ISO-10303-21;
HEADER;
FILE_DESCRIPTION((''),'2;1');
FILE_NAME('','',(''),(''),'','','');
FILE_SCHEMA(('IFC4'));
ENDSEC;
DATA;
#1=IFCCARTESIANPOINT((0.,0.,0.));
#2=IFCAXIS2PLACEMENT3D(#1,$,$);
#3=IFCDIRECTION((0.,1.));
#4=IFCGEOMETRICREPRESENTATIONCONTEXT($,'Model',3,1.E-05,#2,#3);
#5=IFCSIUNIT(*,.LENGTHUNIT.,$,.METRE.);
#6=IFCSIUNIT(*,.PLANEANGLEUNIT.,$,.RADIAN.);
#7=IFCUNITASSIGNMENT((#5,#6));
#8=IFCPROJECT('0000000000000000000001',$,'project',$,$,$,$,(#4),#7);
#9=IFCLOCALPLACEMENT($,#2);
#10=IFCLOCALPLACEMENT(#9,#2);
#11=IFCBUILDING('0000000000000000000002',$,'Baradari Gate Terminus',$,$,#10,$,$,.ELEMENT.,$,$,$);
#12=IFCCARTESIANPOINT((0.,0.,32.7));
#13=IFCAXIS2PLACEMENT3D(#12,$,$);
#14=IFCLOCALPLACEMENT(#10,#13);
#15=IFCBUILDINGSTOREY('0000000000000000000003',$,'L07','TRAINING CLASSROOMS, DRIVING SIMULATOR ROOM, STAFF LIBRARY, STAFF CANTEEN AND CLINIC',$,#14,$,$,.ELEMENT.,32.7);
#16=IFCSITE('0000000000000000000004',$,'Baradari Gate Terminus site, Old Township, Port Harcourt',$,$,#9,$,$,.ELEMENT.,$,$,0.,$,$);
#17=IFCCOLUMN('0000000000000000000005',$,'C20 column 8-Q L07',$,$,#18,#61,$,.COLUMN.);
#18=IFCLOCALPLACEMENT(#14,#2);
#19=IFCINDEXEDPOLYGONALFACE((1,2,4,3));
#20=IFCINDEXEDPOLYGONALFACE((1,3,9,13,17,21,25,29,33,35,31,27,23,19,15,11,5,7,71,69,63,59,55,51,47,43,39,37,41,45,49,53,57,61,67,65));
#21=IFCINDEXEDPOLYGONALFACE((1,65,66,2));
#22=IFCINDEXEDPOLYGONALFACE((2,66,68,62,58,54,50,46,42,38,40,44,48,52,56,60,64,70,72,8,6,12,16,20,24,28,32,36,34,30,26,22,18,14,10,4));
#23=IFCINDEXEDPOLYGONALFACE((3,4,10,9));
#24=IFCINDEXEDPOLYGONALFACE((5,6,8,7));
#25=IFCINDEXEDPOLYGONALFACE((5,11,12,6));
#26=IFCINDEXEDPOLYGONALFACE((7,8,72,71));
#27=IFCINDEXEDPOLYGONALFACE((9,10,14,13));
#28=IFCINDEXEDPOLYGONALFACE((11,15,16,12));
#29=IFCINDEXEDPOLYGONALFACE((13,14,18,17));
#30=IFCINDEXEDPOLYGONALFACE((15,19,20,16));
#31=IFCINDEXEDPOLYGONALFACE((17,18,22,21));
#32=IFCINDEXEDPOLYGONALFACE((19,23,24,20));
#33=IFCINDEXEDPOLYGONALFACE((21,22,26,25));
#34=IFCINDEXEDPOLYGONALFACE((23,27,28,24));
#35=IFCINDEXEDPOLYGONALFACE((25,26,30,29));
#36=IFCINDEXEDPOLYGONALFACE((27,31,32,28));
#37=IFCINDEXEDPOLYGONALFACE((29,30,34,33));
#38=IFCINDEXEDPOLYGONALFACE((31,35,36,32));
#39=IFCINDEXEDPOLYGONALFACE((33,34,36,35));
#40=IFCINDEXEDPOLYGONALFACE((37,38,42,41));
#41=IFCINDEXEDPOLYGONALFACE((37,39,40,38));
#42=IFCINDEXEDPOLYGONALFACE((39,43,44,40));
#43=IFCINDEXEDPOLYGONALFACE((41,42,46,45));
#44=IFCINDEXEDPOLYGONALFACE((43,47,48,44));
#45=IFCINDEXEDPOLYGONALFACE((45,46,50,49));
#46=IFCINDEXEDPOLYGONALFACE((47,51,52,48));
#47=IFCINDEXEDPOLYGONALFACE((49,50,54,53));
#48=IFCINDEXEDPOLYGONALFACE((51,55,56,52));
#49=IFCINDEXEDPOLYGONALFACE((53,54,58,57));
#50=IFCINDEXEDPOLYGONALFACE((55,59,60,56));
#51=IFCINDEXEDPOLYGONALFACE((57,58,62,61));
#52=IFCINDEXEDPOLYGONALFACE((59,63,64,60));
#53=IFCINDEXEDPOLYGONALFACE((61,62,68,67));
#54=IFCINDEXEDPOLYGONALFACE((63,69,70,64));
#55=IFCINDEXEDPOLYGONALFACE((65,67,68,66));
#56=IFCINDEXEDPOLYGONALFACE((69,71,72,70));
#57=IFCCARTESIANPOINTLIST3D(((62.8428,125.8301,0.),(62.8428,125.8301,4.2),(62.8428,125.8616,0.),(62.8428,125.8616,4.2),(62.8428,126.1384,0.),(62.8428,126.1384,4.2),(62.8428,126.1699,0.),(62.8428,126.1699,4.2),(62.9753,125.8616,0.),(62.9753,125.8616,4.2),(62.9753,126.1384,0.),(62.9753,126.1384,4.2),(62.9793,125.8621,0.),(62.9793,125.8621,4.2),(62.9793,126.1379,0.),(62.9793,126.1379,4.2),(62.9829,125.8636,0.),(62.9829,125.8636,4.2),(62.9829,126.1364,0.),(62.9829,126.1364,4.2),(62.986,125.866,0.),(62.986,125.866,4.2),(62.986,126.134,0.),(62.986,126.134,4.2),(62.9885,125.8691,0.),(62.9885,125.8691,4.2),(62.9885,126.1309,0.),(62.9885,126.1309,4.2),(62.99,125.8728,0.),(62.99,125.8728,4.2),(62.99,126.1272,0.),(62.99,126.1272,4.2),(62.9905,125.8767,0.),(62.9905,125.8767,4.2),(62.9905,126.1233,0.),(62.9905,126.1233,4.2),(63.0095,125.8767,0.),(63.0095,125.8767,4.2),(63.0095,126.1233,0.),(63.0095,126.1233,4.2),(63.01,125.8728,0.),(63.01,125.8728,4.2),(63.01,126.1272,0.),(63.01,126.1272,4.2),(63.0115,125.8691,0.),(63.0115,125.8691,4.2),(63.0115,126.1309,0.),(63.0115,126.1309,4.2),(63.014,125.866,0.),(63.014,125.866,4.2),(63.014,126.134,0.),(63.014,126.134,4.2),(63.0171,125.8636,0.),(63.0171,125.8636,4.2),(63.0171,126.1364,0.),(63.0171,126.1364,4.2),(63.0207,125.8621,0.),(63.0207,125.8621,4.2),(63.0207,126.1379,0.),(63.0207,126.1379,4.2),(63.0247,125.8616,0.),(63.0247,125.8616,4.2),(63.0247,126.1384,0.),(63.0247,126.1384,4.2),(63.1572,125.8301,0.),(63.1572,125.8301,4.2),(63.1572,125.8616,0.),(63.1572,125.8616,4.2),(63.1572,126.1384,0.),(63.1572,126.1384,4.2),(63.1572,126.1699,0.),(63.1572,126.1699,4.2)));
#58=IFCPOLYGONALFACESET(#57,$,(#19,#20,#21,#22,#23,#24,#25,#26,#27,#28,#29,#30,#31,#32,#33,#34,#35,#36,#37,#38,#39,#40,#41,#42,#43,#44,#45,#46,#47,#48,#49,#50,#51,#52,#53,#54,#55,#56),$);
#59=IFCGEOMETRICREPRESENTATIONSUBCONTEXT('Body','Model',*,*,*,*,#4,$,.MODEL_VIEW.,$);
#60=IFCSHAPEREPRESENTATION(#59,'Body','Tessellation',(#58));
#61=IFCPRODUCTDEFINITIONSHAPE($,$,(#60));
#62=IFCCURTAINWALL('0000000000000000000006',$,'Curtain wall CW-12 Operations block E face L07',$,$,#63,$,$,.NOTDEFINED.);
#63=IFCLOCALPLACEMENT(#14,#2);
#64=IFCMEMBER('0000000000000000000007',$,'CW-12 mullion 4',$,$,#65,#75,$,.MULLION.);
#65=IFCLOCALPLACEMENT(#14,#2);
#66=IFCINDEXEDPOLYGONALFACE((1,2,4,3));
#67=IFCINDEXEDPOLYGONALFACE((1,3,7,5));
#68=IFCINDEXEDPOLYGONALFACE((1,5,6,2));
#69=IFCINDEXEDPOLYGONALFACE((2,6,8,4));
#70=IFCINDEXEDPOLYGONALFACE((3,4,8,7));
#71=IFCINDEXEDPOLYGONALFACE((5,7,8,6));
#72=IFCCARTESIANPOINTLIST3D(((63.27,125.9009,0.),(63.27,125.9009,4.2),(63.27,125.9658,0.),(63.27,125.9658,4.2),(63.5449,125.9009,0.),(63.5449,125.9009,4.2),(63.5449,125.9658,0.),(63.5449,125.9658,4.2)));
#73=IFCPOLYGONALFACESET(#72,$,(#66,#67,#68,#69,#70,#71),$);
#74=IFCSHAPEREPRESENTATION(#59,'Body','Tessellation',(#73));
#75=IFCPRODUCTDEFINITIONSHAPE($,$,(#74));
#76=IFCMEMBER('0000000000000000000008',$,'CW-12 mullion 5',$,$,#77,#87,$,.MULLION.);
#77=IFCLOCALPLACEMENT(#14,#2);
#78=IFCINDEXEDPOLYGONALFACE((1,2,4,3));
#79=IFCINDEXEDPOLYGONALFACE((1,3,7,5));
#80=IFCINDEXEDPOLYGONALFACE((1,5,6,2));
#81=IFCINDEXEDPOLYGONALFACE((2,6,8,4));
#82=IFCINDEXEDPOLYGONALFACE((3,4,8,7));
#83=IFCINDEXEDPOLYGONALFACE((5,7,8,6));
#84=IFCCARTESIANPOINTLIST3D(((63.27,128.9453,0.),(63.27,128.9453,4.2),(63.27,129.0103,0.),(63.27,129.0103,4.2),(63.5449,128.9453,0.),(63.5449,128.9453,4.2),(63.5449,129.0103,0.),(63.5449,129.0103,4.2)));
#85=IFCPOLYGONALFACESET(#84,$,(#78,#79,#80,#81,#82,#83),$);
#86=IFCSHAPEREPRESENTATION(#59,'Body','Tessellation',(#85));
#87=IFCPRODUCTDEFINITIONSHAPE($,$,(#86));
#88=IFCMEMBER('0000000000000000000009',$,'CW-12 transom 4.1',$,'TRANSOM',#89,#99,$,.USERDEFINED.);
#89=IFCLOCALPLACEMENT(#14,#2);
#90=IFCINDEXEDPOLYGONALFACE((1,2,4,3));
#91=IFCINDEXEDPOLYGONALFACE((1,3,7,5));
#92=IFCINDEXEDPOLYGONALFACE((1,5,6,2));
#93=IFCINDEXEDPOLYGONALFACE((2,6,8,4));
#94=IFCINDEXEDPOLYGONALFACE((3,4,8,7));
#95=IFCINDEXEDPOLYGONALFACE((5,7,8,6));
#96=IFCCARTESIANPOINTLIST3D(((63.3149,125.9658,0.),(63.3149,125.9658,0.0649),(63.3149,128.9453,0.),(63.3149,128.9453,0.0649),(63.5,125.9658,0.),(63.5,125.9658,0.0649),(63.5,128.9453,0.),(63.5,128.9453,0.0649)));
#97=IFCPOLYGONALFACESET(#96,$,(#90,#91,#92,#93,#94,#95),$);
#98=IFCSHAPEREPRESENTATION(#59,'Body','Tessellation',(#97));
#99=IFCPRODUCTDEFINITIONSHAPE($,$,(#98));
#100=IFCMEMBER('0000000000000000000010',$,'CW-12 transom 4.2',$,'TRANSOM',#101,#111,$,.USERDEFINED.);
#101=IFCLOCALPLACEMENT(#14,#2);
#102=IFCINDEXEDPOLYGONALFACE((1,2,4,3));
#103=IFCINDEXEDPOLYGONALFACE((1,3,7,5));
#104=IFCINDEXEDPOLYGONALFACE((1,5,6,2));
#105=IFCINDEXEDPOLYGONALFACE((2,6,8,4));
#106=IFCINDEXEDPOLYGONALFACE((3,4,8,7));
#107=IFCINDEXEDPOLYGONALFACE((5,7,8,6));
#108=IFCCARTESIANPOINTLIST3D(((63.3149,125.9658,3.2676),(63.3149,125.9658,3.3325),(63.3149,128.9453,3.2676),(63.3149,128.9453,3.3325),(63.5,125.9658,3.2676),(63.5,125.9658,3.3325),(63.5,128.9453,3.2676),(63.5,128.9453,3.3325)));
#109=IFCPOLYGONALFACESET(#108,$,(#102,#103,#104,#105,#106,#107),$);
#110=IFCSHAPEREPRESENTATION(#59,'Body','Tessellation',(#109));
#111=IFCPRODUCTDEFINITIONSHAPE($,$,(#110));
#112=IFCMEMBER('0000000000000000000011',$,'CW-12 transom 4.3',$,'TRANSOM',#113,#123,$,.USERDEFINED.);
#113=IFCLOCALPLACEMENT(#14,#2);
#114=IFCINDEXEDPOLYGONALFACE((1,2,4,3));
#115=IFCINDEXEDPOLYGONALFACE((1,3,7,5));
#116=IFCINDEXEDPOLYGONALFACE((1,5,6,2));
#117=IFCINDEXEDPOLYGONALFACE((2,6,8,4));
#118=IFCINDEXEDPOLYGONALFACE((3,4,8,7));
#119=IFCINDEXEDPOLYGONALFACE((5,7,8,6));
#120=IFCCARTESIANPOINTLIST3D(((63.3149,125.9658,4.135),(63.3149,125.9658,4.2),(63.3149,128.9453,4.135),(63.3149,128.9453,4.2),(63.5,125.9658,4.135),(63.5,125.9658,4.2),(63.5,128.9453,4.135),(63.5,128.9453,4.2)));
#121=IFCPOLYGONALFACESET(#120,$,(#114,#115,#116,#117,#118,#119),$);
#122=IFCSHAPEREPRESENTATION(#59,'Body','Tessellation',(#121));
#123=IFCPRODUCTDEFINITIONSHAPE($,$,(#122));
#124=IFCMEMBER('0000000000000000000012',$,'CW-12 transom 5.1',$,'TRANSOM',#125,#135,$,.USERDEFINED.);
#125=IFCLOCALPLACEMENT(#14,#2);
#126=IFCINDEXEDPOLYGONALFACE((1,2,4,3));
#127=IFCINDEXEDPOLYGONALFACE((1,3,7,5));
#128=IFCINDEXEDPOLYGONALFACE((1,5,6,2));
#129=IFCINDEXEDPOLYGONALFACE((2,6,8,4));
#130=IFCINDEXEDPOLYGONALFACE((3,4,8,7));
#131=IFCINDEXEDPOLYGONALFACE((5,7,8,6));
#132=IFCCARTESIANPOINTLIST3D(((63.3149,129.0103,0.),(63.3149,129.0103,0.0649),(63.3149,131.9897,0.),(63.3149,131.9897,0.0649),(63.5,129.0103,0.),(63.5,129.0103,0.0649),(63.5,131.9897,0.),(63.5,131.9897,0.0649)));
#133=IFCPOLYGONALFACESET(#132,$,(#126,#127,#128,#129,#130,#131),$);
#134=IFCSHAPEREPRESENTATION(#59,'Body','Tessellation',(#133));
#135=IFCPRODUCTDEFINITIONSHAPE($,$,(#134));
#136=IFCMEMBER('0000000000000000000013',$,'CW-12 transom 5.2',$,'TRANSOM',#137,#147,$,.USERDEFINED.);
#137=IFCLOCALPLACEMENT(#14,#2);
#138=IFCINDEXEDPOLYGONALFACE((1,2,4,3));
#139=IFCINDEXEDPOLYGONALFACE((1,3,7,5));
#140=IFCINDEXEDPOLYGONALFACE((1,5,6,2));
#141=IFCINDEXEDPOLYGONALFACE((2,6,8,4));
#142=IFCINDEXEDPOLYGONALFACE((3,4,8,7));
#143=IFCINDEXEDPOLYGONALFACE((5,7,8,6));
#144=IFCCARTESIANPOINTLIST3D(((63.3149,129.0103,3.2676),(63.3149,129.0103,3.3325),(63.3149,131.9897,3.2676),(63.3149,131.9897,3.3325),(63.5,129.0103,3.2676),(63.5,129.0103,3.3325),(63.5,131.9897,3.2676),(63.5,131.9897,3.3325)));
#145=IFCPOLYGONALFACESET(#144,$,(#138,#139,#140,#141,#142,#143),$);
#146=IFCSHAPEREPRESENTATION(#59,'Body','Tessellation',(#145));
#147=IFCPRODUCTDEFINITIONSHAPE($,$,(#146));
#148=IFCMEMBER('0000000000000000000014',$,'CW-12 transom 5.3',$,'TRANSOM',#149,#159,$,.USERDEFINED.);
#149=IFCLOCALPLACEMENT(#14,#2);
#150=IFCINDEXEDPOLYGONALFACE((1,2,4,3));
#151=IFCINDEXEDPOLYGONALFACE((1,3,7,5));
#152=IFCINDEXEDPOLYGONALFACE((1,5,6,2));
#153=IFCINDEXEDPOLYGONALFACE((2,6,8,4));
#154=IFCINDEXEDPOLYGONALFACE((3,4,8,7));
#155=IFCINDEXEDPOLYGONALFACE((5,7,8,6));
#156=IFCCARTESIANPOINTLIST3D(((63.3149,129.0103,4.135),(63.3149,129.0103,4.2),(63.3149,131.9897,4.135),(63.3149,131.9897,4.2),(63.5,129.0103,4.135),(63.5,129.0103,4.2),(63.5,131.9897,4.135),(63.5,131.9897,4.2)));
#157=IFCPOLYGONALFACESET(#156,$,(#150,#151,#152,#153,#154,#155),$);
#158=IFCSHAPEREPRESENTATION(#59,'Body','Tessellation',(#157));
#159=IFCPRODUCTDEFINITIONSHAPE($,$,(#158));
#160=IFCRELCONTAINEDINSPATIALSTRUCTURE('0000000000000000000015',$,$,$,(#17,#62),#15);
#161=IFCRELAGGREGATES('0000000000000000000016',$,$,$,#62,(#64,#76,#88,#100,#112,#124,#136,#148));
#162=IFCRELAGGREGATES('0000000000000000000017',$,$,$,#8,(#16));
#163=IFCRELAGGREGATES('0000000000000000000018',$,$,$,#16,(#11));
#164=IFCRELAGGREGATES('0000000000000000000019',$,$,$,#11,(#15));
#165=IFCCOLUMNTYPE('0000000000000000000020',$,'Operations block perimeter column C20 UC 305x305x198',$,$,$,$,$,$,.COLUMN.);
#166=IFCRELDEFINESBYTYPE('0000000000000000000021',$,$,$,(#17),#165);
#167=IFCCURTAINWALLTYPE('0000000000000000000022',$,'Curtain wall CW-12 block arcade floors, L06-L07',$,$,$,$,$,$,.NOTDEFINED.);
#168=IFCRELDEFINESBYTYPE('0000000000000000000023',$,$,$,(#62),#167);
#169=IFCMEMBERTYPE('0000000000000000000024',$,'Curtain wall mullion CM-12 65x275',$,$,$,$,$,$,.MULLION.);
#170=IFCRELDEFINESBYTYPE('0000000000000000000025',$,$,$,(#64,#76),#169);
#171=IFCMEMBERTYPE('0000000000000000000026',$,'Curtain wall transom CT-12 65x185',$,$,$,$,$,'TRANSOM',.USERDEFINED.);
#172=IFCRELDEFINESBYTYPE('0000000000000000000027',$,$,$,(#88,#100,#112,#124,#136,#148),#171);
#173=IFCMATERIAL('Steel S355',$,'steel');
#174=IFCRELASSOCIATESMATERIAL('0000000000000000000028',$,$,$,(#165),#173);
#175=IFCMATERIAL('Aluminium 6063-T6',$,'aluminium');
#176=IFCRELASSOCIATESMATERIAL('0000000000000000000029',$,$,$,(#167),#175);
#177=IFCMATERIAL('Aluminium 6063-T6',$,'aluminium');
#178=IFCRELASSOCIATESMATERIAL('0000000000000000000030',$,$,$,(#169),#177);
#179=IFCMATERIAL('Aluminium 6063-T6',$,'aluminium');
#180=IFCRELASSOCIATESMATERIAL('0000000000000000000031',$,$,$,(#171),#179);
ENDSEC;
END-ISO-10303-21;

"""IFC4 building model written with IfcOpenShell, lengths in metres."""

from ifc_helpers import new_model, si_unit, direction, frame, origin, origin_2d, place, context, subcontext, project, spatial, rectangle, i_section, extrude, material, material_profile, profile_set, type_object, element, aggregate, save


model = new_model("IFC4")

# Units and contexts
model_context = context("Model", 3, precision=1e-05, world=origin(), true_north=direction((0.0, 1.0)))
body_context = subcontext(model_context, "Body", "Model", "MODEL_VIEW")
ifc_project = project(units=[si_unit("LENGTHUNIT", "METRE"), si_unit("PLANEANGLEUNIT", "RADIAN")], contexts=[model_context])

# Site, building, storey
site_placement = place(None, origin())
site = spatial("IfcSite", under=ifc_project, at=site_placement, Name="Baradari Gate Terminus site, Old Township, Port Harcourt", CompositionType="ELEMENT", RefElevation=0.0)
building_placement = place(site_placement, origin())
building = spatial("IfcBuilding", under=site, at=building_placement, Name="Baradari Gate Terminus", CompositionType="ELEMENT")
storey_placement = place(building_placement, frame((0.0, 0.0, 32.7)))
storey = spatial("IfcBuildingStorey", under=building, at=storey_placement, Name="L07", Description="TRAINING CLASSROOMS, DRIVING SIMULATOR ROOM, STAFF LIBRARY, STAFF CANTEEN AND CLINIC", CompositionType="ELEMENT", Elevation=32.7)

# Column
ifc_material_1 = material(Name="Steel S355", Category="steel")
ifc_material_profile_1 = material_profile(ifc_material_1, i_section(OverallWidth=0.3145, OverallDepth=0.3398, WebThickness=0.019, FlangeThickness=0.0315, FilletRadius=0.0151, at=origin_2d()), Name="UC 305x305x198")
ifc_profile_set_1 = profile_set([ifc_material_profile_1], Name="Steel S355")
column_type = type_object("IfcColumnType", Name="Operations block perimeter column C20 UC 305x305x198", PredefinedType="COLUMN", material=ifc_profile_set_1)
column_placement = place(storey_placement, frame((63.0, 126.0, 0.0), z_axis=(0.0, 0.0, 1.0), x_axis=(1.0, 0.0, 0.0)))
element("IfcColumn", 1, at=column_placement, inside=storey, type_object=column_type, Name="C20 column 8-Q L07", PredefinedType="COLUMN", context=body_context, shape_type="SweptSolid", body=[
    extrude(i_section(OverallWidth=0.3145, OverallDepth=0.3398, WebThickness=0.019, FlangeThickness=0.0315, FilletRadius=0.0151, at=origin_2d()), origin(), (0.0, 0.0, 1.0), 4.2),
])

# Curtain wall, members
ifc_material_2 = material(Name="Aluminium 6063-T6", Category="aluminium")
curtain_wall_type = type_object("IfcCurtainWallType", Name="Curtain wall CW-12 block arcade floors, L06-L07", PredefinedType="NOTDEFINED", material=ifc_material_2)
curtain_wall_placement = place(storey_placement, origin())
curtain_wall = element("IfcCurtainWall", 2, at=curtain_wall_placement, inside=storey, type_object=curtain_wall_type, Name="Curtain wall CW-12 Operations block E face L07", PredefinedType="NOTDEFINED")
ifc_material_3 = material(Name="Aluminium 6063-T6", Category="aluminium")
ifc_material_profile_2 = material_profile(ifc_material_3, rectangle(XDim=0.2749, YDim=0.0649, at=origin_2d()), Name="CM-12 65X275")
ifc_profile_set_2 = profile_set([ifc_material_profile_2], Name="Aluminium 6063-T6")
member_type_1 = type_object("IfcMemberType", Name="Curtain wall mullion CM-12 65x275", PredefinedType="MULLION", material=ifc_profile_set_2)
member_1_placement = place(storey_placement, frame((63.4075, 125.9333, 0.0), z_axis=(0.0, 0.0, 1.0), x_axis=(-1.0, 0.0, 0.0)))
member_1 = element("IfcMember", 3, at=member_1_placement, type_object=member_type_1, Name="CW-12 mullion 4", PredefinedType="MULLION", context=body_context, shape_type="SweptSolid", body=[
    extrude(rectangle(XDim=0.2749, YDim=0.0649, at=origin_2d()), origin(), (0.0, 0.0, 1.0), 4.2),
])
member_2_placement = place(storey_placement, frame((63.4075, 128.9778, 0.0), z_axis=(0.0, 0.0, 1.0), x_axis=(-1.0, 0.0, 0.0)))
member_2 = element("IfcMember", 4, at=member_2_placement, type_object=member_type_1, Name="CW-12 mullion 5", PredefinedType="MULLION", context=body_context, shape_type="SweptSolid", body=[
    extrude(rectangle(XDim=0.2749, YDim=0.0649, at=origin_2d()), origin(), (0.0, 0.0, 1.0), 4.2),
])
ifc_material_4 = material(Name="Aluminium 6063-T6", Category="aluminium")
ifc_material_profile_3 = material_profile(ifc_material_4, rectangle(XDim=0.1851, YDim=0.0649, at=origin_2d()), Name="CT-12 65X185")
ifc_profile_set_3 = profile_set([ifc_material_profile_3], Name="Aluminium 6063-T6")
member_type_2 = type_object("IfcMemberType", Name="Curtain wall transom CT-12 65x185", ElementType="TRANSOM", PredefinedType="USERDEFINED", material=ifc_profile_set_3)
member_3_placement = place(storey_placement, frame((63.4075, 125.9658, 0.0325), z_axis=(0.0, 1.0, 0.0), x_axis=(-1.0, 0.0, 0.0)))
member_3 = element("IfcMember", 5, at=member_3_placement, type_object=member_type_2, Name="CW-12 transom 4.1", ObjectType="TRANSOM", PredefinedType="USERDEFINED", context=body_context, shape_type="SweptSolid", body=[
    extrude(rectangle(XDim=0.1851, YDim=0.0649, at=origin_2d()), origin(), (0.0, 0.0, 1.0), 2.9795),
])
member_4_placement = place(storey_placement, frame((63.4075, 125.9658, 3.3), z_axis=(0.0, 1.0, 0.0), x_axis=(-1.0, 0.0, 0.0)))
member_4 = element("IfcMember", 6, at=member_4_placement, type_object=member_type_2, Name="CW-12 transom 4.2", ObjectType="TRANSOM", PredefinedType="USERDEFINED", context=body_context, shape_type="SweptSolid", body=[
    extrude(rectangle(XDim=0.1851, YDim=0.0649, at=origin_2d()), origin(), (0.0, 0.0, 1.0), 2.9795),
])
member_5_placement = place(storey_placement, frame((63.4075, 125.9658, 4.1675), z_axis=(0.0, 1.0, 0.0), x_axis=(-1.0, 0.0, 0.0)))
member_5 = element("IfcMember", 7, at=member_5_placement, type_object=member_type_2, Name="CW-12 transom 4.3", ObjectType="TRANSOM", PredefinedType="USERDEFINED", context=body_context, shape_type="SweptSolid", body=[
    extrude(rectangle(XDim=0.1851, YDim=0.0649, at=origin_2d()), origin(), (0.0, 0.0, 1.0), 2.9795),
])
member_6_placement = place(storey_placement, frame((63.4075, 129.0103, 0.0325), z_axis=(0.0, 1.0, 0.0), x_axis=(-1.0, 0.0, 0.0)))
member_6 = element("IfcMember", 8, at=member_6_placement, type_object=member_type_2, Name="CW-12 transom 5.1", ObjectType="TRANSOM", PredefinedType="USERDEFINED", context=body_context, shape_type="SweptSolid", body=[
    extrude(rectangle(XDim=0.1851, YDim=0.0649, at=origin_2d()), origin(), (0.0, 0.0, 1.0), 2.9795),
])
member_7_placement = place(storey_placement, frame((63.4075, 129.0103, 3.3), z_axis=(0.0, 1.0, 0.0), x_axis=(-1.0, 0.0, 0.0)))
member_7 = element("IfcMember", 9, at=member_7_placement, type_object=member_type_2, Name="CW-12 transom 5.2", ObjectType="TRANSOM", PredefinedType="USERDEFINED", context=body_context, shape_type="SweptSolid", body=[
    extrude(rectangle(XDim=0.1851, YDim=0.0649, at=origin_2d()), origin(), (0.0, 0.0, 1.0), 2.9795),
])
member_8_placement = place(storey_placement, frame((63.4075, 129.0103, 4.1675), z_axis=(0.0, 1.0, 0.0), x_axis=(-1.0, 0.0, 0.0)))
member_8 = element("IfcMember", 10, at=member_8_placement, type_object=member_type_2, Name="CW-12 transom 5.3", ObjectType="TRANSOM", PredefinedType="USERDEFINED", context=body_context, shape_type="SweptSolid", body=[
    extrude(rectangle(XDim=0.1851, YDim=0.0649, at=origin_2d()), origin(), (0.0, 0.0, 1.0), 2.9795),
])

aggregate(curtain_wall, [member_1, member_2, member_3, member_4, member_5, member_6, member_7, member_8])

save(model, "model.ifc")
